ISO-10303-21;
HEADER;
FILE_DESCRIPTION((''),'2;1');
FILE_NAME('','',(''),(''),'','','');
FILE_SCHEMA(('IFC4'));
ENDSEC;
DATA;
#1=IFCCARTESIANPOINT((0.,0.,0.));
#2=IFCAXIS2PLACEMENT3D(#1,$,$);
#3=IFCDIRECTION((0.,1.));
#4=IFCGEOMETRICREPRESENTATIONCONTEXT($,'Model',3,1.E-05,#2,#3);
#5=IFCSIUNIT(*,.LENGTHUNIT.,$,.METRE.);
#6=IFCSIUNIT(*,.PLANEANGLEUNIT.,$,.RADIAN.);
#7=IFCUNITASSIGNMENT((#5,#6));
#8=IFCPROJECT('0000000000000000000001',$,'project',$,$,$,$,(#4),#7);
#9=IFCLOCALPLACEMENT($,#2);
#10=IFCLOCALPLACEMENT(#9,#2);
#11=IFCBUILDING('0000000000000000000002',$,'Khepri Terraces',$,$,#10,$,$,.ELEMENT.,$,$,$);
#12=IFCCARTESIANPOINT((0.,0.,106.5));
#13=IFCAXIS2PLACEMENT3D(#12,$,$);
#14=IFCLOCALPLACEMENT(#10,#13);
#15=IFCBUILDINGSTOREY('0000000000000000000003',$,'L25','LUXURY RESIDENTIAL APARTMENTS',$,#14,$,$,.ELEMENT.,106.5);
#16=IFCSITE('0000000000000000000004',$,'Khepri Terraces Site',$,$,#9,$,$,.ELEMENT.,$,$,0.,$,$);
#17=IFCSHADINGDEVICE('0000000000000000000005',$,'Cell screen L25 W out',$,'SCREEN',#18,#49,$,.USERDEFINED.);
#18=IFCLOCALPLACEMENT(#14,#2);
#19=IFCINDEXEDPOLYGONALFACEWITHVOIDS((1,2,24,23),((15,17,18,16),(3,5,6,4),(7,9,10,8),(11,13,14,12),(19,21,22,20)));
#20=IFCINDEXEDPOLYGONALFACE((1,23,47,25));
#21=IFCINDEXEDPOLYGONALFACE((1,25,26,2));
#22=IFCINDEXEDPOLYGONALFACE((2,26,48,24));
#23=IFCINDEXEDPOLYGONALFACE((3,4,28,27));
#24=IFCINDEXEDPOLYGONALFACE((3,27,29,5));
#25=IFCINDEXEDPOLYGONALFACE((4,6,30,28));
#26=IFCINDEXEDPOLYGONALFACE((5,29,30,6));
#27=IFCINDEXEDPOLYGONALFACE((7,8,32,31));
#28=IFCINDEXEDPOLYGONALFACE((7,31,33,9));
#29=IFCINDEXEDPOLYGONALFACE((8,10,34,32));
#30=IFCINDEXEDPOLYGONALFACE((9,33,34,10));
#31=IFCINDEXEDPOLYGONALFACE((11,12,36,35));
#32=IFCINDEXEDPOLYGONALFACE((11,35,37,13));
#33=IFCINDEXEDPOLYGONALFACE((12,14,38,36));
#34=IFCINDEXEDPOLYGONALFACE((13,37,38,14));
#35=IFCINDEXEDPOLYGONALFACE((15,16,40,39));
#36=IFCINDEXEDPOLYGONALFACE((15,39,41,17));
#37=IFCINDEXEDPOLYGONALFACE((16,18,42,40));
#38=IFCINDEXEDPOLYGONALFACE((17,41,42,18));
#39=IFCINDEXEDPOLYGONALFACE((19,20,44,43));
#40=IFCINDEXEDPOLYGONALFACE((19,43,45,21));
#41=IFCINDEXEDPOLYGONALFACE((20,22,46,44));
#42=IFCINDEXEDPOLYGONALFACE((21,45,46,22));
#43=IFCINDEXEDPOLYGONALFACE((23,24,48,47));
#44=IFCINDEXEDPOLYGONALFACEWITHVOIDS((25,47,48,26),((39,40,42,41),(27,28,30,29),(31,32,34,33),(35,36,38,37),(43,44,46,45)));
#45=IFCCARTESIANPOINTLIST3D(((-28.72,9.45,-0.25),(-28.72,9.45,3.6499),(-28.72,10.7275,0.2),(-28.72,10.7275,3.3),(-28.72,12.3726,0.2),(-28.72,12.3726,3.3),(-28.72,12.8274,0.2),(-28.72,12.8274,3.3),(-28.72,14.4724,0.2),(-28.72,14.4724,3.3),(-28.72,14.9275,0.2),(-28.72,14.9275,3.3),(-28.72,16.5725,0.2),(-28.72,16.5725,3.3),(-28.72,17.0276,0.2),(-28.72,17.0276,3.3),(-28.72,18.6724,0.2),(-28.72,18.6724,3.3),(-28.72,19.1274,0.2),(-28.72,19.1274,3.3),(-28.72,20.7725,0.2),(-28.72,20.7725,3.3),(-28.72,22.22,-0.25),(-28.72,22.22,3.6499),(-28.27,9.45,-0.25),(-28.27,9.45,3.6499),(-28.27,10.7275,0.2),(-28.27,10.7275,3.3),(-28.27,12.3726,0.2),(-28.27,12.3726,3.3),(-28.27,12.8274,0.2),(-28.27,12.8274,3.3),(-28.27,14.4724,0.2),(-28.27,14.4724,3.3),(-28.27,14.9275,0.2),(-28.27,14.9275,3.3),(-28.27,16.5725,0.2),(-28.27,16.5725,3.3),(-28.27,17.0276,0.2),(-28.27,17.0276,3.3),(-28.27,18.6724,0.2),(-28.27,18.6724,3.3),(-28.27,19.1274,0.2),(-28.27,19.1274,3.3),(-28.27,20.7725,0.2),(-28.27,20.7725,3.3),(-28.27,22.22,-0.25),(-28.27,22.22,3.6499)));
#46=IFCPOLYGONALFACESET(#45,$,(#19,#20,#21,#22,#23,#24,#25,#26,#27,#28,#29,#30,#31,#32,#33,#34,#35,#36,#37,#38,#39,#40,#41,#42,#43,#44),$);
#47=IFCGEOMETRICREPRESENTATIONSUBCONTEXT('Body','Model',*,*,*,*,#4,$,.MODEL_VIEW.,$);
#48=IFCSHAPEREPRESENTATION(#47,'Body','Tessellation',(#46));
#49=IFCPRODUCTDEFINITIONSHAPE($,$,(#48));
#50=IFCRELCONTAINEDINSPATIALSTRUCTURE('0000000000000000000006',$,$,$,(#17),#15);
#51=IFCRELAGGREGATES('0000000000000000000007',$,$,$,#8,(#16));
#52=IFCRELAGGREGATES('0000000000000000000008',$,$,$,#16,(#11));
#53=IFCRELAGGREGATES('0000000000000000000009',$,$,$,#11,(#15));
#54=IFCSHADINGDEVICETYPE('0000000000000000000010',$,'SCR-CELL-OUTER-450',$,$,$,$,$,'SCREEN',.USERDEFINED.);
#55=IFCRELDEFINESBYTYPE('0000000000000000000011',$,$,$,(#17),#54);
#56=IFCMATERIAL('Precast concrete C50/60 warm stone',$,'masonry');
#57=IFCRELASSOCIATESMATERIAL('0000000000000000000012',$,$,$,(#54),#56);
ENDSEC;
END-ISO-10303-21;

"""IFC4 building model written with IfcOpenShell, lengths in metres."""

from ifc_helpers import new_model, si_unit, direction, frame, origin, place, context, subcontext, project, spatial, polyline, outline, extrude, material, type_object, element, save


model = new_model("IFC4")

# Units and contexts
model_context = context("Model", 3, precision=1e-05, world=origin(), true_north=direction((0.0, 1.0)))
body_context = subcontext(model_context, "Body", "Model", "MODEL_VIEW")
ifc_project = project(units=[si_unit("LENGTHUNIT", "METRE"), si_unit("PLANEANGLEUNIT", "RADIAN")], contexts=[model_context])

# Site, building, storey
site_placement = place(None, origin())
site = spatial("IfcSite", under=ifc_project, at=site_placement, Name="Khepri Terraces Site", CompositionType="ELEMENT", RefElevation=0.0)
building_placement = place(site_placement, origin())
building = spatial("IfcBuilding", under=site, at=building_placement, Name="Khepri Terraces", CompositionType="ELEMENT")
storey_placement = place(building_placement, frame((0.0, 0.0, 106.5)))
storey = spatial("IfcBuildingStorey", under=building, at=storey_placement, Name="L25", Description="LUXURY RESIDENTIAL APARTMENTS", CompositionType="ELEMENT", Elevation=106.5)

# Shared definitions
ifc_material_1 = material(Name="Precast concrete C50/60 warm stone", Category="masonry")

# Shading device
shading_device_type_1 = type_object("IfcShadingDeviceType", Name="SCR-CELL-OUTER-450", ElementType="SCREEN", PredefinedType="USERDEFINED", material=ifc_material_1)
shading_device_1_placement = place(storey_placement, frame((-28.27, 22.22, -0.25), z_axis=(-1.0, 0.0, 0.0), x_axis=(0.0, -1.0, 0.0)))
element("IfcShadingDevice", 1, at=shading_device_1_placement, inside=storey, type_object=shading_device_type_1, Name="Cell screen L25 W out", ObjectType="SCREEN", PredefinedType="USERDEFINED", context=body_context, shape_type="SweptSolid", body=[
    extrude(outline(polyline([(0.0, 0.0), (12.77, 0.0), (12.77, 3.8999), (0.0, 3.8999), (0.0, 0.0)]), holes=[polyline([(1.4475, 0.45), (3.0925, 0.45), (3.0925, 3.55), (1.4475, 3.55), (1.4475, 0.45)]), polyline([(3.5476, 0.45), (5.1924, 0.45), (5.1924, 3.55), (3.5476, 3.55), (3.5476, 0.45)]), polyline([(5.6475, 0.45), (7.2925, 0.45), (7.2925, 3.55), (5.6475, 3.55), (5.6475, 0.45)]), polyline([(7.7476, 0.45), (9.3926, 0.45), (9.3926, 3.55), (7.7476, 3.55), (7.7476, 0.45)]), polyline([(9.8474, 0.45), (11.4924, 0.45), (11.4924, 3.55), (9.8474, 3.55), (9.8474, 0.45)])]), origin(), (0.0, 0.0, 1.0), 0.45),
])

save(model, "model.ifc")
